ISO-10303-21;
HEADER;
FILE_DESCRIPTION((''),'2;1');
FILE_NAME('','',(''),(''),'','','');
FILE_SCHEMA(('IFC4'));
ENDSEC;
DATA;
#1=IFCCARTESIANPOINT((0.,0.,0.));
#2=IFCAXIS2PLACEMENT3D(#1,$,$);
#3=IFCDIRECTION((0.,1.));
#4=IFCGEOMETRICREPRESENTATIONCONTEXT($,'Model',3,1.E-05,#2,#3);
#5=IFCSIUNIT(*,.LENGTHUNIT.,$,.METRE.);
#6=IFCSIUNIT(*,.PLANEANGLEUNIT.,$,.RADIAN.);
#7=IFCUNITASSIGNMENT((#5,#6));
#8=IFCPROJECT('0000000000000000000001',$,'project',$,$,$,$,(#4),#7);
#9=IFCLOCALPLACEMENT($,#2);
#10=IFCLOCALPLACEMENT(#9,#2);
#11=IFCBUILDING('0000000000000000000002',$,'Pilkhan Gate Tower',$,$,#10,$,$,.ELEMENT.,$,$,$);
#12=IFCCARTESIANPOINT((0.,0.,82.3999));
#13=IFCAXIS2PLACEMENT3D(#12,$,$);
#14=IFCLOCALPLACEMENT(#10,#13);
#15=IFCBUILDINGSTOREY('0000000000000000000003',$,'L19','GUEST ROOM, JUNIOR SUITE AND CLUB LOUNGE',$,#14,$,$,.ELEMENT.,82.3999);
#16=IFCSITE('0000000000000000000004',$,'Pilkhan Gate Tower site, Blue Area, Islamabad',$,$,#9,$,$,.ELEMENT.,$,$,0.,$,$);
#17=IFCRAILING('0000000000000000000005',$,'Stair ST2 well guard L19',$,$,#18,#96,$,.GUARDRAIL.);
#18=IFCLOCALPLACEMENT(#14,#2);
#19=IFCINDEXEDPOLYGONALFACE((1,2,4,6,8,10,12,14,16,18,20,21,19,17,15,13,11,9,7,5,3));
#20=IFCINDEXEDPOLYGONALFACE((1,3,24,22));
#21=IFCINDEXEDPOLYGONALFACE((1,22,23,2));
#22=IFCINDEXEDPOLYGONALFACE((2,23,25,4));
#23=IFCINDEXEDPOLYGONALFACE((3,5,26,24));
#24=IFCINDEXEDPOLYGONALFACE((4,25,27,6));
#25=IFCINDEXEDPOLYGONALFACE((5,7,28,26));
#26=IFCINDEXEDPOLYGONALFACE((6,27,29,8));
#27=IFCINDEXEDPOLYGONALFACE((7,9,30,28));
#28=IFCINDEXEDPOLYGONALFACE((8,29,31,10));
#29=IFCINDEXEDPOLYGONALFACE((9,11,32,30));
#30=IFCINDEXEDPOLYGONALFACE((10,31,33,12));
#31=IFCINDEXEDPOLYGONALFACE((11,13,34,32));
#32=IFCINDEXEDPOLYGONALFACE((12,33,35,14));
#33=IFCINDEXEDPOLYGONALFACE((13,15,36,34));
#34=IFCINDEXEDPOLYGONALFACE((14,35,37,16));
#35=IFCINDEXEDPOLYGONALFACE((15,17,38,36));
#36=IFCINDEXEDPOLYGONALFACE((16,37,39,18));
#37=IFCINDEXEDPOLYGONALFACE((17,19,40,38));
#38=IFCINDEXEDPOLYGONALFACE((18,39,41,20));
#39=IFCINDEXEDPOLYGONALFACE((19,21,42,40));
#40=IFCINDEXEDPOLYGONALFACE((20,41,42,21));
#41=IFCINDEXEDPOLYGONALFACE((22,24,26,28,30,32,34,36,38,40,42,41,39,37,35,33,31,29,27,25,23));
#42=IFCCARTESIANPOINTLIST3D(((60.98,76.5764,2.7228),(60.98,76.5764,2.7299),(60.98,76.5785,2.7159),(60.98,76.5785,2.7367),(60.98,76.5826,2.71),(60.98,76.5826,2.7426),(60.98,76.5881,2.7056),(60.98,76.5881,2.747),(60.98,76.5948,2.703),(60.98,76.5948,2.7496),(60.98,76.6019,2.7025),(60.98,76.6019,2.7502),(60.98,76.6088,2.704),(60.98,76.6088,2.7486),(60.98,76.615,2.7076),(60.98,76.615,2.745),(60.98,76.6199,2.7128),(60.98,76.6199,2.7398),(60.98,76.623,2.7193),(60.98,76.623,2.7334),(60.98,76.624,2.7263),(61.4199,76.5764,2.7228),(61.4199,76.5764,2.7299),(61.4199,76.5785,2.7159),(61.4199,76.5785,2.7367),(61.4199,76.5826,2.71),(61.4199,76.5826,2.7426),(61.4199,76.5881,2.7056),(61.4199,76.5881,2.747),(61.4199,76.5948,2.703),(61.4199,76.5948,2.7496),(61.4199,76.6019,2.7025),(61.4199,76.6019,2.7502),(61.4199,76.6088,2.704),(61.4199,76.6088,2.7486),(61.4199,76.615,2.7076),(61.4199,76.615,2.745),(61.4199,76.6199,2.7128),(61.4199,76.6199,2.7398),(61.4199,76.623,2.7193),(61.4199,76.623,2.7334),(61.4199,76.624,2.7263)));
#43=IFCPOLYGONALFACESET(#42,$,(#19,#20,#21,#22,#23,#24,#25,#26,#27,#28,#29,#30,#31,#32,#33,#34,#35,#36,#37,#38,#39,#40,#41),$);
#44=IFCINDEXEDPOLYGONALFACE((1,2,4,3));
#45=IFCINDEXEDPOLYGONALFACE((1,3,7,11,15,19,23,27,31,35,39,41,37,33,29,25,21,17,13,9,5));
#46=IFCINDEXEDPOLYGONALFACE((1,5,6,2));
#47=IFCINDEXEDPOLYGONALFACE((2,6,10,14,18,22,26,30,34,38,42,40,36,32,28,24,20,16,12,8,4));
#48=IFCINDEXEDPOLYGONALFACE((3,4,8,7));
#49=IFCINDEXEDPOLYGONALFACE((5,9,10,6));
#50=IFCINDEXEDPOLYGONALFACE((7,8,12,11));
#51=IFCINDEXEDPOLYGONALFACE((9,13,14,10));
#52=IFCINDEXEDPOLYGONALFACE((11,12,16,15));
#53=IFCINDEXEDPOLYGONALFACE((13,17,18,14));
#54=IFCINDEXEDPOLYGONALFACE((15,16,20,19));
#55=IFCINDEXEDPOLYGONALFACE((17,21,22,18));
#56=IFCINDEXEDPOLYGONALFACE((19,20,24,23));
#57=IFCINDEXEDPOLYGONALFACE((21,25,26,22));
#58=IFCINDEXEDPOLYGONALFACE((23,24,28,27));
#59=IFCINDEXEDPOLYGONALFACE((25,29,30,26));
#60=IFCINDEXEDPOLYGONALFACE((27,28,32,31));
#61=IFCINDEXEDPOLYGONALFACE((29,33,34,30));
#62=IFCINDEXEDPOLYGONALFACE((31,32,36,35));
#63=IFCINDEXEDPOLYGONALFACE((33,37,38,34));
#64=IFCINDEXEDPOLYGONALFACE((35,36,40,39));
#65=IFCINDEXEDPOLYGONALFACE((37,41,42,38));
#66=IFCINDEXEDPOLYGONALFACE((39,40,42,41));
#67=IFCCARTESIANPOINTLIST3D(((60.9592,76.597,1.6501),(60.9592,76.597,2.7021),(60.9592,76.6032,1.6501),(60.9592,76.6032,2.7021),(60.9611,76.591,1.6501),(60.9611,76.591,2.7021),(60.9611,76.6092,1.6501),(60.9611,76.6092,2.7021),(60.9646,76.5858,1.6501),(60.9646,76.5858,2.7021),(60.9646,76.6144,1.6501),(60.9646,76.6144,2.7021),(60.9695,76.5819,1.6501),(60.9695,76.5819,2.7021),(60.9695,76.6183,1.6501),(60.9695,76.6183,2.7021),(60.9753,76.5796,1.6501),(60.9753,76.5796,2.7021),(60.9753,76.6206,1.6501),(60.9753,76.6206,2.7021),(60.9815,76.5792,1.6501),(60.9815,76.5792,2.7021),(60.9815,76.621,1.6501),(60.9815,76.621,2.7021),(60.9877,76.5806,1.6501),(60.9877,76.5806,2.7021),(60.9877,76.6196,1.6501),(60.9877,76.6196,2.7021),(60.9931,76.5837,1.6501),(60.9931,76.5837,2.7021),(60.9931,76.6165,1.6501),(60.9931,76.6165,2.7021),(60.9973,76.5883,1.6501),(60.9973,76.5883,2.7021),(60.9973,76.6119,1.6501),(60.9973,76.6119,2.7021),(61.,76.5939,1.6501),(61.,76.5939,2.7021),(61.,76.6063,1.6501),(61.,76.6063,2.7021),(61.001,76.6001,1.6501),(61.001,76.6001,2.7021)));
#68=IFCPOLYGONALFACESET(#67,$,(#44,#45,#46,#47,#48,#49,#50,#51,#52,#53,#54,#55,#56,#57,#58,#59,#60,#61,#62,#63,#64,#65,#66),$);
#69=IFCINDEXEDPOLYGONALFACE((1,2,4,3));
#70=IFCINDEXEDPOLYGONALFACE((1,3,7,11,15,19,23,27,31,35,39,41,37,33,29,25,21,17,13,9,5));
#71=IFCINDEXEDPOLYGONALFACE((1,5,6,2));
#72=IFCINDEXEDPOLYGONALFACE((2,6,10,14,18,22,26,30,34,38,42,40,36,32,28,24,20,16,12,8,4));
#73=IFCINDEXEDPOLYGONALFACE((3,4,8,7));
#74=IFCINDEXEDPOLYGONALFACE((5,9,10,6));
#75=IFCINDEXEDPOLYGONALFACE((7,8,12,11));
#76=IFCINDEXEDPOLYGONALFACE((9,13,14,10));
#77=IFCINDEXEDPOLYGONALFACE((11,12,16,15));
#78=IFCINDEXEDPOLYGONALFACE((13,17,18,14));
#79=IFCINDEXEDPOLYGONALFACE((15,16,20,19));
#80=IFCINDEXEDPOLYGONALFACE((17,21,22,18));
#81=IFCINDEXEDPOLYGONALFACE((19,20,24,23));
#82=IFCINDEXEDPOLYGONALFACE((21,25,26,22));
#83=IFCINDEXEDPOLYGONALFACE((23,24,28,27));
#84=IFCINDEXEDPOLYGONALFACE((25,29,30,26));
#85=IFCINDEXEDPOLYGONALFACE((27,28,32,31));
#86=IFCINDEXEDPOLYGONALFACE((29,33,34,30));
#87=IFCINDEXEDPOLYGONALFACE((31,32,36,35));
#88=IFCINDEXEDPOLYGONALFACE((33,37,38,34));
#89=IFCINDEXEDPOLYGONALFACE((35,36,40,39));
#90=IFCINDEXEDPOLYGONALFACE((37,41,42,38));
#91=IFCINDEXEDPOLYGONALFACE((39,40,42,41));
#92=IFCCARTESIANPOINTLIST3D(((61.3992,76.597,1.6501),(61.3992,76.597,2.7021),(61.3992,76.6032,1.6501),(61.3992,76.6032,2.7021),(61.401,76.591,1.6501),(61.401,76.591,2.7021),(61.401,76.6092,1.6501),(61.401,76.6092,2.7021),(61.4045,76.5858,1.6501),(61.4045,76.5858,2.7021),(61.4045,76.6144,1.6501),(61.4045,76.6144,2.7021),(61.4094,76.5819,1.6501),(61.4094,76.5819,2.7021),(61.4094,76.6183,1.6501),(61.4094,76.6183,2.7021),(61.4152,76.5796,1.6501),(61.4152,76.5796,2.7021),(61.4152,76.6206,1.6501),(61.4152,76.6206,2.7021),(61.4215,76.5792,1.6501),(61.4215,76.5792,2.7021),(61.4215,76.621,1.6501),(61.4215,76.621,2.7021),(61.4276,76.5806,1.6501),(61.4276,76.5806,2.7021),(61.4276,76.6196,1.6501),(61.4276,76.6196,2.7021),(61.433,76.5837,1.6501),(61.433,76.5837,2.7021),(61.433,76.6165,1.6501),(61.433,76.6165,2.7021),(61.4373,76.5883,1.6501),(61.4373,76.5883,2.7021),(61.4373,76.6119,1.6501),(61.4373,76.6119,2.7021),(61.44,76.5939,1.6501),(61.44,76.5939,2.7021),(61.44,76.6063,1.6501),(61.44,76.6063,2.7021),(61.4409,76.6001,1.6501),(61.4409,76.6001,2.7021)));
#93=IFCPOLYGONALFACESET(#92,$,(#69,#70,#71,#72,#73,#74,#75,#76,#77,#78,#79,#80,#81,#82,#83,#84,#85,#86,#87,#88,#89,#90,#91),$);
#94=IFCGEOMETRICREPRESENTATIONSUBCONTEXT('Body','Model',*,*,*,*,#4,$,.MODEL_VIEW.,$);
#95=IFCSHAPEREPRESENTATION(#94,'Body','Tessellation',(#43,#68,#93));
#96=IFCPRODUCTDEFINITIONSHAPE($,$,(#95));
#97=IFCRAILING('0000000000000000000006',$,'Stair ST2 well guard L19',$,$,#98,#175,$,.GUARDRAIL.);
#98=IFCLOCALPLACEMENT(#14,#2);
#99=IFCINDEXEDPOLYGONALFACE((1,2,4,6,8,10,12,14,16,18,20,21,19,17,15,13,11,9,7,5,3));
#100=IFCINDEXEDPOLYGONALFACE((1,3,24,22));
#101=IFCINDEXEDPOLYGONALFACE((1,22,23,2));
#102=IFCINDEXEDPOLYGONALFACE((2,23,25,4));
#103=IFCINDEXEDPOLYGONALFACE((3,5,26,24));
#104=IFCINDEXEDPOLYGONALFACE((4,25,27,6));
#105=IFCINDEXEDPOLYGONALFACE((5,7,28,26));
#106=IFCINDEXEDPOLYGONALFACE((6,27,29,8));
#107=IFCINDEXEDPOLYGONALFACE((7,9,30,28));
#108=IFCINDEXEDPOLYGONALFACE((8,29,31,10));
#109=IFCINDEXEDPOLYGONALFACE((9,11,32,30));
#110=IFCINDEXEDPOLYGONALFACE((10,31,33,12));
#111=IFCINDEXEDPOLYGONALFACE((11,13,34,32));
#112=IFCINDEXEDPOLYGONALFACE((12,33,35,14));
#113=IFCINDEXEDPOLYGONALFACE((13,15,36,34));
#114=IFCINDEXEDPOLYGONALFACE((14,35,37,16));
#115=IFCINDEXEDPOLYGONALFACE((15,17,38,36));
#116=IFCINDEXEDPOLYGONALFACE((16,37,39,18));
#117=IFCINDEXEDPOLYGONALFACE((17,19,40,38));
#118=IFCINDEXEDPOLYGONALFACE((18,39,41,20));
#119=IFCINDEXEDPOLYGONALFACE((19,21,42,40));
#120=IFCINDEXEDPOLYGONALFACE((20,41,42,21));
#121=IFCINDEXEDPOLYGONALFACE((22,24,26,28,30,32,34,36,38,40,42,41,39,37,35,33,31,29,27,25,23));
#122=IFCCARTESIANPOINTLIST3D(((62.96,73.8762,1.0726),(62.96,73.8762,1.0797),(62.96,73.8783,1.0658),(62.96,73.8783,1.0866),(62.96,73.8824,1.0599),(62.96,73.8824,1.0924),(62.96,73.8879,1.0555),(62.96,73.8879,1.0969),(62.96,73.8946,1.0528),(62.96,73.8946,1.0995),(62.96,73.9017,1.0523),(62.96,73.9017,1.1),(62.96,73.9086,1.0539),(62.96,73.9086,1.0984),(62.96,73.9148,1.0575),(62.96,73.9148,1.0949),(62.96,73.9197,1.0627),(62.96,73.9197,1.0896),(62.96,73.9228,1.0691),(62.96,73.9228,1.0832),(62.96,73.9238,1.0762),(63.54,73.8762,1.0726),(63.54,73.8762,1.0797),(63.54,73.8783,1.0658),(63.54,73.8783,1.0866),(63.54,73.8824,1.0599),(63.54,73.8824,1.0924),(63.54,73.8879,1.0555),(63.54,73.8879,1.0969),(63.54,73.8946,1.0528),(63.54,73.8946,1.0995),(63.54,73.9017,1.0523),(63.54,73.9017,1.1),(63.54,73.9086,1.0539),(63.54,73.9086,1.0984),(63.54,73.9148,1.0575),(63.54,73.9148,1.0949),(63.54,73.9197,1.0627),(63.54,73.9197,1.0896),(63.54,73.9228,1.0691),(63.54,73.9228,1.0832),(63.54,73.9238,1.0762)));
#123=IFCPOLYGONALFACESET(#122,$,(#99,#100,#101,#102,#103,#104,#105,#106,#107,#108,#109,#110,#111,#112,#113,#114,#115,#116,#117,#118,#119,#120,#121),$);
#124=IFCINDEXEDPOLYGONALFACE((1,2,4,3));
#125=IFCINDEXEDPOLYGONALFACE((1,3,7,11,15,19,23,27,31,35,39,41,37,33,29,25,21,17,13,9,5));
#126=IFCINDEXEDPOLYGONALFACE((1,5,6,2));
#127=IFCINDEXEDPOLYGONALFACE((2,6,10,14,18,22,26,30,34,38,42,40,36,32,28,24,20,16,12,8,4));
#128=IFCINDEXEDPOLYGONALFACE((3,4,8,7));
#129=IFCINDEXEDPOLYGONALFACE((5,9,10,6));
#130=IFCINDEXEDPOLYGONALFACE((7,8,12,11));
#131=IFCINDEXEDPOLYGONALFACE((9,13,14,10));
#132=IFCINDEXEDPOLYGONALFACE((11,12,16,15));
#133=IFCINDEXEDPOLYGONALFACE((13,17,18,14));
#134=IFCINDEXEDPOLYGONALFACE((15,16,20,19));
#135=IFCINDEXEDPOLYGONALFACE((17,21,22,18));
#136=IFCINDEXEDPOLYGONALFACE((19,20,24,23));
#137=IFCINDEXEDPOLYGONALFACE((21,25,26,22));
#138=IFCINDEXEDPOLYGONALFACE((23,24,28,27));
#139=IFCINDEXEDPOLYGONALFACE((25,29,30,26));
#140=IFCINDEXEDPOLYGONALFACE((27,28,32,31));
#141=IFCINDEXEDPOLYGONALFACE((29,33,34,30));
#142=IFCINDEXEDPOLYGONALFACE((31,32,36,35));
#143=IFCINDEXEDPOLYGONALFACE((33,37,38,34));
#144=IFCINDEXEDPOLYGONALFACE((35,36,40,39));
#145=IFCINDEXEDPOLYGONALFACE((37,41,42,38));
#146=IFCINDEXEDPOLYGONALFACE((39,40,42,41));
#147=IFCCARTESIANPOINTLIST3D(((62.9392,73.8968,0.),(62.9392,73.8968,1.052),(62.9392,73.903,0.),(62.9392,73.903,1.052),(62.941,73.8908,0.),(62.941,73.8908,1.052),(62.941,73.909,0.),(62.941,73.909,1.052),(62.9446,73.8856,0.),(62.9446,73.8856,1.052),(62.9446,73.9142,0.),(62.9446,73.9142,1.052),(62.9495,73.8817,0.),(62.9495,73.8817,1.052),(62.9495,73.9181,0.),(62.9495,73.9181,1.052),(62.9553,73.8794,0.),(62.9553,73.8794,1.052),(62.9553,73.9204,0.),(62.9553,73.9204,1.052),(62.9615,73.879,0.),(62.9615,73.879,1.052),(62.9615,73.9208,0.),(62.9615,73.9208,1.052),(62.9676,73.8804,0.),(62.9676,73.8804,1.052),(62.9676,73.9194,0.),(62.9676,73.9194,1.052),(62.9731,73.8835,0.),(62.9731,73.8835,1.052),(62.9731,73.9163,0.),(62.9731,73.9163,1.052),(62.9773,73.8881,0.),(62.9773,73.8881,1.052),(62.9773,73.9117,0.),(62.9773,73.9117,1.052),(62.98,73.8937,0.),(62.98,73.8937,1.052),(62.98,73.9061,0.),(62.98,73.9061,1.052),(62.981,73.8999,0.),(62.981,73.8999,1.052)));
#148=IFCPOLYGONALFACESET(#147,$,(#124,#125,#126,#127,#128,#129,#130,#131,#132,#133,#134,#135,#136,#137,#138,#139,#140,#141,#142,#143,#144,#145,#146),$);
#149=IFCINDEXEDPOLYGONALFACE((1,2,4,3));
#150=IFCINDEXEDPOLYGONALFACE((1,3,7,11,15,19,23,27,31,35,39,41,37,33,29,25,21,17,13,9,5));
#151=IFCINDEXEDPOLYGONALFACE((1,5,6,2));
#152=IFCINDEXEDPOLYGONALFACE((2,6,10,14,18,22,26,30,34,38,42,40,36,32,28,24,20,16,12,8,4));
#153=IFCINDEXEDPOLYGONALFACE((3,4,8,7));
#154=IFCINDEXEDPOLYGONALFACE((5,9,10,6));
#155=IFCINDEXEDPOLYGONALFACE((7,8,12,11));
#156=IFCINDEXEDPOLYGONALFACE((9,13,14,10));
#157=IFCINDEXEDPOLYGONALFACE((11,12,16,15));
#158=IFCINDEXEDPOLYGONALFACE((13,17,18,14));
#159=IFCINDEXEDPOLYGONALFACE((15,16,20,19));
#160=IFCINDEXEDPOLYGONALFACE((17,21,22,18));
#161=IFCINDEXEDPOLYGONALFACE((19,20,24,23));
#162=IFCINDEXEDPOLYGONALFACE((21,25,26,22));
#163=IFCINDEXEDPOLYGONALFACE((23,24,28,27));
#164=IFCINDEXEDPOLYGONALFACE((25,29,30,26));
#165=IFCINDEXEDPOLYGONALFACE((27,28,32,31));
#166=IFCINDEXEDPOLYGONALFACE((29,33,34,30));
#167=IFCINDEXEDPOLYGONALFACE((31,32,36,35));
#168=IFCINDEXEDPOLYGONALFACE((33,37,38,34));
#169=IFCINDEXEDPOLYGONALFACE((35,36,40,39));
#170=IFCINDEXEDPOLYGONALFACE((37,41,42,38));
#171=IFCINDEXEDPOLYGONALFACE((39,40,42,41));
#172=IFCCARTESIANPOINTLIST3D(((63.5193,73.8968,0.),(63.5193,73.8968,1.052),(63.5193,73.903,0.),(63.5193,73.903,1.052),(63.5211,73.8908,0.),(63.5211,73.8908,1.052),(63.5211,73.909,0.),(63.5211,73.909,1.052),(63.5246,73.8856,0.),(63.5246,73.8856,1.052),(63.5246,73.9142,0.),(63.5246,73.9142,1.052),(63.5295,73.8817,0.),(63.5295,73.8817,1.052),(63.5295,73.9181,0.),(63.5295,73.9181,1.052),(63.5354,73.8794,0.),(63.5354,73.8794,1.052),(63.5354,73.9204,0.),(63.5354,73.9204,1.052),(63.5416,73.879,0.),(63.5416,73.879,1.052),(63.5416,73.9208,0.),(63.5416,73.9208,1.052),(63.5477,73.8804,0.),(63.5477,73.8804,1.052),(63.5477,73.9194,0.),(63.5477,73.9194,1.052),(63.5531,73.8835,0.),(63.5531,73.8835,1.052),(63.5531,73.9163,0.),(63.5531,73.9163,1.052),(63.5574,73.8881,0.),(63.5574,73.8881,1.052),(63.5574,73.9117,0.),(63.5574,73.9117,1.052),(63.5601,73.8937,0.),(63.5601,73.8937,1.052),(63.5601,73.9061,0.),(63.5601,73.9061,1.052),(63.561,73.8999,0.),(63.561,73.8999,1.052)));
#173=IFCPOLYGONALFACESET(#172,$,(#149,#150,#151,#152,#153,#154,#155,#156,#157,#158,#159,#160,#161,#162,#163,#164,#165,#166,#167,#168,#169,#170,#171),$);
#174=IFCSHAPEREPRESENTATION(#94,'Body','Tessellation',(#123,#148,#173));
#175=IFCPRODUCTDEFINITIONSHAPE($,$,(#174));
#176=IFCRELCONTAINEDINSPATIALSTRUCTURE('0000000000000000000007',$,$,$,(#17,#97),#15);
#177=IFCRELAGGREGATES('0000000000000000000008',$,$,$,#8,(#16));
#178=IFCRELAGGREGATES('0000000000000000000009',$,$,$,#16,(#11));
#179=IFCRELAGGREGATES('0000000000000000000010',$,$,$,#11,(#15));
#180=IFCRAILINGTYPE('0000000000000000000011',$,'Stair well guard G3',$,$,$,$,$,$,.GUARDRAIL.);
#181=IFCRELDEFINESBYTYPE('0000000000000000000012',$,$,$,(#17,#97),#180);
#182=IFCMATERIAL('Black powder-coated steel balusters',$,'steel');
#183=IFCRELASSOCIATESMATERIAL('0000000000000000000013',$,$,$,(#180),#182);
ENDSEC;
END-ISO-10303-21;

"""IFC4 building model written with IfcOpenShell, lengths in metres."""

from ifc_helpers import new_model, si_unit, direction, frame, origin, origin_2d, place, context, subcontext, project, spatial, circle, extrude, material, type_object, element, save


model = new_model("IFC4")

# Units and contexts
model_context = context("Model", 3, precision=1e-05, world=origin(), true_north=direction((0.0, 1.0)))
body_context = subcontext(model_context, "Body", "Model", "MODEL_VIEW")
ifc_project = project(units=[si_unit("LENGTHUNIT", "METRE"), si_unit("PLANEANGLEUNIT", "RADIAN")], contexts=[model_context])

# Site, building, storey
site_placement = place(None, origin())
site = spatial("IfcSite", under=ifc_project, at=site_placement, Name="Pilkhan Gate Tower site, Blue Area, Islamabad", CompositionType="ELEMENT", RefElevation=0.0)
building_placement = place(site_placement, origin())
building = spatial("IfcBuilding", under=site, at=building_placement, Name="Pilkhan Gate Tower", CompositionType="ELEMENT")
storey_placement = place(building_placement, frame((0.0, 0.0, 82.3999)))
storey = spatial("IfcBuildingStorey", under=building, at=storey_placement, Name="L19", Description="GUEST ROOM, JUNIOR SUITE AND CLUB LOUNGE", CompositionType="ELEMENT", Elevation=82.3999)

# Railings
ifc_material_1 = material(Name="Black powder-coated steel balusters", Category="steel")
railing_type_1 = type_object("IfcRailingType", Name="Stair well guard G3", PredefinedType="GUARDRAIL", material=ifc_material_1)
railing_1_placement = place(storey_placement, frame((60.98, 76.6001, 1.6501)))
element("IfcRailing", 1, at=railing_1_placement, inside=storey, type_object=railing_type_1, Name="Stair ST2 well guard L19", PredefinedType="GUARDRAIL", context=body_context, shape_type="SweptSolid", body=[
    extrude(circle(Radius=0.0239, at=origin_2d()), frame((0.0, 0.0, 1.0762), z_axis=(1.0, 0.0, 0.0), x_axis=(0.0, 1.0, 0.0)), (0.0, 0.0, 1.0), 0.4399),
    extrude(circle(Radius=0.021, at=origin_2d()), origin(), (0.0, 0.0, 1.0), 1.052),
    extrude(circle(Radius=0.021, at=origin_2d()), frame((0.4399, 0.0, 0.0)), (0.0, 0.0, 1.0), 1.052),
])
for number, where, name in (
    (2, (62.96, 73.8999, 0.0), "Stair ST2 well guard L19"),
):
    element("IfcRailing", number, at=place(storey_placement, frame(where)), inside=storey, type_object=railing_type_1, Name=name, PredefinedType="GUARDRAIL", context=body_context, shape_type="SweptSolid", body=[
        extrude(circle(Radius=0.0239, at=origin_2d()), frame((0.0, 0.0, 1.0762), z_axis=(1.0, 0.0, 0.0), x_axis=(0.0, 1.0, 0.0)), (0.0, 0.0, 1.0), 0.5801),
        extrude(circle(Radius=0.021, at=origin_2d()), origin(), (0.0, 0.0, 1.0), 1.052),
        extrude(circle(Radius=0.021, at=origin_2d()), frame((0.5801, 0.0, 0.0)), (0.0, 0.0, 1.0), 1.052),
    ])

save(model, "model.ifc")
